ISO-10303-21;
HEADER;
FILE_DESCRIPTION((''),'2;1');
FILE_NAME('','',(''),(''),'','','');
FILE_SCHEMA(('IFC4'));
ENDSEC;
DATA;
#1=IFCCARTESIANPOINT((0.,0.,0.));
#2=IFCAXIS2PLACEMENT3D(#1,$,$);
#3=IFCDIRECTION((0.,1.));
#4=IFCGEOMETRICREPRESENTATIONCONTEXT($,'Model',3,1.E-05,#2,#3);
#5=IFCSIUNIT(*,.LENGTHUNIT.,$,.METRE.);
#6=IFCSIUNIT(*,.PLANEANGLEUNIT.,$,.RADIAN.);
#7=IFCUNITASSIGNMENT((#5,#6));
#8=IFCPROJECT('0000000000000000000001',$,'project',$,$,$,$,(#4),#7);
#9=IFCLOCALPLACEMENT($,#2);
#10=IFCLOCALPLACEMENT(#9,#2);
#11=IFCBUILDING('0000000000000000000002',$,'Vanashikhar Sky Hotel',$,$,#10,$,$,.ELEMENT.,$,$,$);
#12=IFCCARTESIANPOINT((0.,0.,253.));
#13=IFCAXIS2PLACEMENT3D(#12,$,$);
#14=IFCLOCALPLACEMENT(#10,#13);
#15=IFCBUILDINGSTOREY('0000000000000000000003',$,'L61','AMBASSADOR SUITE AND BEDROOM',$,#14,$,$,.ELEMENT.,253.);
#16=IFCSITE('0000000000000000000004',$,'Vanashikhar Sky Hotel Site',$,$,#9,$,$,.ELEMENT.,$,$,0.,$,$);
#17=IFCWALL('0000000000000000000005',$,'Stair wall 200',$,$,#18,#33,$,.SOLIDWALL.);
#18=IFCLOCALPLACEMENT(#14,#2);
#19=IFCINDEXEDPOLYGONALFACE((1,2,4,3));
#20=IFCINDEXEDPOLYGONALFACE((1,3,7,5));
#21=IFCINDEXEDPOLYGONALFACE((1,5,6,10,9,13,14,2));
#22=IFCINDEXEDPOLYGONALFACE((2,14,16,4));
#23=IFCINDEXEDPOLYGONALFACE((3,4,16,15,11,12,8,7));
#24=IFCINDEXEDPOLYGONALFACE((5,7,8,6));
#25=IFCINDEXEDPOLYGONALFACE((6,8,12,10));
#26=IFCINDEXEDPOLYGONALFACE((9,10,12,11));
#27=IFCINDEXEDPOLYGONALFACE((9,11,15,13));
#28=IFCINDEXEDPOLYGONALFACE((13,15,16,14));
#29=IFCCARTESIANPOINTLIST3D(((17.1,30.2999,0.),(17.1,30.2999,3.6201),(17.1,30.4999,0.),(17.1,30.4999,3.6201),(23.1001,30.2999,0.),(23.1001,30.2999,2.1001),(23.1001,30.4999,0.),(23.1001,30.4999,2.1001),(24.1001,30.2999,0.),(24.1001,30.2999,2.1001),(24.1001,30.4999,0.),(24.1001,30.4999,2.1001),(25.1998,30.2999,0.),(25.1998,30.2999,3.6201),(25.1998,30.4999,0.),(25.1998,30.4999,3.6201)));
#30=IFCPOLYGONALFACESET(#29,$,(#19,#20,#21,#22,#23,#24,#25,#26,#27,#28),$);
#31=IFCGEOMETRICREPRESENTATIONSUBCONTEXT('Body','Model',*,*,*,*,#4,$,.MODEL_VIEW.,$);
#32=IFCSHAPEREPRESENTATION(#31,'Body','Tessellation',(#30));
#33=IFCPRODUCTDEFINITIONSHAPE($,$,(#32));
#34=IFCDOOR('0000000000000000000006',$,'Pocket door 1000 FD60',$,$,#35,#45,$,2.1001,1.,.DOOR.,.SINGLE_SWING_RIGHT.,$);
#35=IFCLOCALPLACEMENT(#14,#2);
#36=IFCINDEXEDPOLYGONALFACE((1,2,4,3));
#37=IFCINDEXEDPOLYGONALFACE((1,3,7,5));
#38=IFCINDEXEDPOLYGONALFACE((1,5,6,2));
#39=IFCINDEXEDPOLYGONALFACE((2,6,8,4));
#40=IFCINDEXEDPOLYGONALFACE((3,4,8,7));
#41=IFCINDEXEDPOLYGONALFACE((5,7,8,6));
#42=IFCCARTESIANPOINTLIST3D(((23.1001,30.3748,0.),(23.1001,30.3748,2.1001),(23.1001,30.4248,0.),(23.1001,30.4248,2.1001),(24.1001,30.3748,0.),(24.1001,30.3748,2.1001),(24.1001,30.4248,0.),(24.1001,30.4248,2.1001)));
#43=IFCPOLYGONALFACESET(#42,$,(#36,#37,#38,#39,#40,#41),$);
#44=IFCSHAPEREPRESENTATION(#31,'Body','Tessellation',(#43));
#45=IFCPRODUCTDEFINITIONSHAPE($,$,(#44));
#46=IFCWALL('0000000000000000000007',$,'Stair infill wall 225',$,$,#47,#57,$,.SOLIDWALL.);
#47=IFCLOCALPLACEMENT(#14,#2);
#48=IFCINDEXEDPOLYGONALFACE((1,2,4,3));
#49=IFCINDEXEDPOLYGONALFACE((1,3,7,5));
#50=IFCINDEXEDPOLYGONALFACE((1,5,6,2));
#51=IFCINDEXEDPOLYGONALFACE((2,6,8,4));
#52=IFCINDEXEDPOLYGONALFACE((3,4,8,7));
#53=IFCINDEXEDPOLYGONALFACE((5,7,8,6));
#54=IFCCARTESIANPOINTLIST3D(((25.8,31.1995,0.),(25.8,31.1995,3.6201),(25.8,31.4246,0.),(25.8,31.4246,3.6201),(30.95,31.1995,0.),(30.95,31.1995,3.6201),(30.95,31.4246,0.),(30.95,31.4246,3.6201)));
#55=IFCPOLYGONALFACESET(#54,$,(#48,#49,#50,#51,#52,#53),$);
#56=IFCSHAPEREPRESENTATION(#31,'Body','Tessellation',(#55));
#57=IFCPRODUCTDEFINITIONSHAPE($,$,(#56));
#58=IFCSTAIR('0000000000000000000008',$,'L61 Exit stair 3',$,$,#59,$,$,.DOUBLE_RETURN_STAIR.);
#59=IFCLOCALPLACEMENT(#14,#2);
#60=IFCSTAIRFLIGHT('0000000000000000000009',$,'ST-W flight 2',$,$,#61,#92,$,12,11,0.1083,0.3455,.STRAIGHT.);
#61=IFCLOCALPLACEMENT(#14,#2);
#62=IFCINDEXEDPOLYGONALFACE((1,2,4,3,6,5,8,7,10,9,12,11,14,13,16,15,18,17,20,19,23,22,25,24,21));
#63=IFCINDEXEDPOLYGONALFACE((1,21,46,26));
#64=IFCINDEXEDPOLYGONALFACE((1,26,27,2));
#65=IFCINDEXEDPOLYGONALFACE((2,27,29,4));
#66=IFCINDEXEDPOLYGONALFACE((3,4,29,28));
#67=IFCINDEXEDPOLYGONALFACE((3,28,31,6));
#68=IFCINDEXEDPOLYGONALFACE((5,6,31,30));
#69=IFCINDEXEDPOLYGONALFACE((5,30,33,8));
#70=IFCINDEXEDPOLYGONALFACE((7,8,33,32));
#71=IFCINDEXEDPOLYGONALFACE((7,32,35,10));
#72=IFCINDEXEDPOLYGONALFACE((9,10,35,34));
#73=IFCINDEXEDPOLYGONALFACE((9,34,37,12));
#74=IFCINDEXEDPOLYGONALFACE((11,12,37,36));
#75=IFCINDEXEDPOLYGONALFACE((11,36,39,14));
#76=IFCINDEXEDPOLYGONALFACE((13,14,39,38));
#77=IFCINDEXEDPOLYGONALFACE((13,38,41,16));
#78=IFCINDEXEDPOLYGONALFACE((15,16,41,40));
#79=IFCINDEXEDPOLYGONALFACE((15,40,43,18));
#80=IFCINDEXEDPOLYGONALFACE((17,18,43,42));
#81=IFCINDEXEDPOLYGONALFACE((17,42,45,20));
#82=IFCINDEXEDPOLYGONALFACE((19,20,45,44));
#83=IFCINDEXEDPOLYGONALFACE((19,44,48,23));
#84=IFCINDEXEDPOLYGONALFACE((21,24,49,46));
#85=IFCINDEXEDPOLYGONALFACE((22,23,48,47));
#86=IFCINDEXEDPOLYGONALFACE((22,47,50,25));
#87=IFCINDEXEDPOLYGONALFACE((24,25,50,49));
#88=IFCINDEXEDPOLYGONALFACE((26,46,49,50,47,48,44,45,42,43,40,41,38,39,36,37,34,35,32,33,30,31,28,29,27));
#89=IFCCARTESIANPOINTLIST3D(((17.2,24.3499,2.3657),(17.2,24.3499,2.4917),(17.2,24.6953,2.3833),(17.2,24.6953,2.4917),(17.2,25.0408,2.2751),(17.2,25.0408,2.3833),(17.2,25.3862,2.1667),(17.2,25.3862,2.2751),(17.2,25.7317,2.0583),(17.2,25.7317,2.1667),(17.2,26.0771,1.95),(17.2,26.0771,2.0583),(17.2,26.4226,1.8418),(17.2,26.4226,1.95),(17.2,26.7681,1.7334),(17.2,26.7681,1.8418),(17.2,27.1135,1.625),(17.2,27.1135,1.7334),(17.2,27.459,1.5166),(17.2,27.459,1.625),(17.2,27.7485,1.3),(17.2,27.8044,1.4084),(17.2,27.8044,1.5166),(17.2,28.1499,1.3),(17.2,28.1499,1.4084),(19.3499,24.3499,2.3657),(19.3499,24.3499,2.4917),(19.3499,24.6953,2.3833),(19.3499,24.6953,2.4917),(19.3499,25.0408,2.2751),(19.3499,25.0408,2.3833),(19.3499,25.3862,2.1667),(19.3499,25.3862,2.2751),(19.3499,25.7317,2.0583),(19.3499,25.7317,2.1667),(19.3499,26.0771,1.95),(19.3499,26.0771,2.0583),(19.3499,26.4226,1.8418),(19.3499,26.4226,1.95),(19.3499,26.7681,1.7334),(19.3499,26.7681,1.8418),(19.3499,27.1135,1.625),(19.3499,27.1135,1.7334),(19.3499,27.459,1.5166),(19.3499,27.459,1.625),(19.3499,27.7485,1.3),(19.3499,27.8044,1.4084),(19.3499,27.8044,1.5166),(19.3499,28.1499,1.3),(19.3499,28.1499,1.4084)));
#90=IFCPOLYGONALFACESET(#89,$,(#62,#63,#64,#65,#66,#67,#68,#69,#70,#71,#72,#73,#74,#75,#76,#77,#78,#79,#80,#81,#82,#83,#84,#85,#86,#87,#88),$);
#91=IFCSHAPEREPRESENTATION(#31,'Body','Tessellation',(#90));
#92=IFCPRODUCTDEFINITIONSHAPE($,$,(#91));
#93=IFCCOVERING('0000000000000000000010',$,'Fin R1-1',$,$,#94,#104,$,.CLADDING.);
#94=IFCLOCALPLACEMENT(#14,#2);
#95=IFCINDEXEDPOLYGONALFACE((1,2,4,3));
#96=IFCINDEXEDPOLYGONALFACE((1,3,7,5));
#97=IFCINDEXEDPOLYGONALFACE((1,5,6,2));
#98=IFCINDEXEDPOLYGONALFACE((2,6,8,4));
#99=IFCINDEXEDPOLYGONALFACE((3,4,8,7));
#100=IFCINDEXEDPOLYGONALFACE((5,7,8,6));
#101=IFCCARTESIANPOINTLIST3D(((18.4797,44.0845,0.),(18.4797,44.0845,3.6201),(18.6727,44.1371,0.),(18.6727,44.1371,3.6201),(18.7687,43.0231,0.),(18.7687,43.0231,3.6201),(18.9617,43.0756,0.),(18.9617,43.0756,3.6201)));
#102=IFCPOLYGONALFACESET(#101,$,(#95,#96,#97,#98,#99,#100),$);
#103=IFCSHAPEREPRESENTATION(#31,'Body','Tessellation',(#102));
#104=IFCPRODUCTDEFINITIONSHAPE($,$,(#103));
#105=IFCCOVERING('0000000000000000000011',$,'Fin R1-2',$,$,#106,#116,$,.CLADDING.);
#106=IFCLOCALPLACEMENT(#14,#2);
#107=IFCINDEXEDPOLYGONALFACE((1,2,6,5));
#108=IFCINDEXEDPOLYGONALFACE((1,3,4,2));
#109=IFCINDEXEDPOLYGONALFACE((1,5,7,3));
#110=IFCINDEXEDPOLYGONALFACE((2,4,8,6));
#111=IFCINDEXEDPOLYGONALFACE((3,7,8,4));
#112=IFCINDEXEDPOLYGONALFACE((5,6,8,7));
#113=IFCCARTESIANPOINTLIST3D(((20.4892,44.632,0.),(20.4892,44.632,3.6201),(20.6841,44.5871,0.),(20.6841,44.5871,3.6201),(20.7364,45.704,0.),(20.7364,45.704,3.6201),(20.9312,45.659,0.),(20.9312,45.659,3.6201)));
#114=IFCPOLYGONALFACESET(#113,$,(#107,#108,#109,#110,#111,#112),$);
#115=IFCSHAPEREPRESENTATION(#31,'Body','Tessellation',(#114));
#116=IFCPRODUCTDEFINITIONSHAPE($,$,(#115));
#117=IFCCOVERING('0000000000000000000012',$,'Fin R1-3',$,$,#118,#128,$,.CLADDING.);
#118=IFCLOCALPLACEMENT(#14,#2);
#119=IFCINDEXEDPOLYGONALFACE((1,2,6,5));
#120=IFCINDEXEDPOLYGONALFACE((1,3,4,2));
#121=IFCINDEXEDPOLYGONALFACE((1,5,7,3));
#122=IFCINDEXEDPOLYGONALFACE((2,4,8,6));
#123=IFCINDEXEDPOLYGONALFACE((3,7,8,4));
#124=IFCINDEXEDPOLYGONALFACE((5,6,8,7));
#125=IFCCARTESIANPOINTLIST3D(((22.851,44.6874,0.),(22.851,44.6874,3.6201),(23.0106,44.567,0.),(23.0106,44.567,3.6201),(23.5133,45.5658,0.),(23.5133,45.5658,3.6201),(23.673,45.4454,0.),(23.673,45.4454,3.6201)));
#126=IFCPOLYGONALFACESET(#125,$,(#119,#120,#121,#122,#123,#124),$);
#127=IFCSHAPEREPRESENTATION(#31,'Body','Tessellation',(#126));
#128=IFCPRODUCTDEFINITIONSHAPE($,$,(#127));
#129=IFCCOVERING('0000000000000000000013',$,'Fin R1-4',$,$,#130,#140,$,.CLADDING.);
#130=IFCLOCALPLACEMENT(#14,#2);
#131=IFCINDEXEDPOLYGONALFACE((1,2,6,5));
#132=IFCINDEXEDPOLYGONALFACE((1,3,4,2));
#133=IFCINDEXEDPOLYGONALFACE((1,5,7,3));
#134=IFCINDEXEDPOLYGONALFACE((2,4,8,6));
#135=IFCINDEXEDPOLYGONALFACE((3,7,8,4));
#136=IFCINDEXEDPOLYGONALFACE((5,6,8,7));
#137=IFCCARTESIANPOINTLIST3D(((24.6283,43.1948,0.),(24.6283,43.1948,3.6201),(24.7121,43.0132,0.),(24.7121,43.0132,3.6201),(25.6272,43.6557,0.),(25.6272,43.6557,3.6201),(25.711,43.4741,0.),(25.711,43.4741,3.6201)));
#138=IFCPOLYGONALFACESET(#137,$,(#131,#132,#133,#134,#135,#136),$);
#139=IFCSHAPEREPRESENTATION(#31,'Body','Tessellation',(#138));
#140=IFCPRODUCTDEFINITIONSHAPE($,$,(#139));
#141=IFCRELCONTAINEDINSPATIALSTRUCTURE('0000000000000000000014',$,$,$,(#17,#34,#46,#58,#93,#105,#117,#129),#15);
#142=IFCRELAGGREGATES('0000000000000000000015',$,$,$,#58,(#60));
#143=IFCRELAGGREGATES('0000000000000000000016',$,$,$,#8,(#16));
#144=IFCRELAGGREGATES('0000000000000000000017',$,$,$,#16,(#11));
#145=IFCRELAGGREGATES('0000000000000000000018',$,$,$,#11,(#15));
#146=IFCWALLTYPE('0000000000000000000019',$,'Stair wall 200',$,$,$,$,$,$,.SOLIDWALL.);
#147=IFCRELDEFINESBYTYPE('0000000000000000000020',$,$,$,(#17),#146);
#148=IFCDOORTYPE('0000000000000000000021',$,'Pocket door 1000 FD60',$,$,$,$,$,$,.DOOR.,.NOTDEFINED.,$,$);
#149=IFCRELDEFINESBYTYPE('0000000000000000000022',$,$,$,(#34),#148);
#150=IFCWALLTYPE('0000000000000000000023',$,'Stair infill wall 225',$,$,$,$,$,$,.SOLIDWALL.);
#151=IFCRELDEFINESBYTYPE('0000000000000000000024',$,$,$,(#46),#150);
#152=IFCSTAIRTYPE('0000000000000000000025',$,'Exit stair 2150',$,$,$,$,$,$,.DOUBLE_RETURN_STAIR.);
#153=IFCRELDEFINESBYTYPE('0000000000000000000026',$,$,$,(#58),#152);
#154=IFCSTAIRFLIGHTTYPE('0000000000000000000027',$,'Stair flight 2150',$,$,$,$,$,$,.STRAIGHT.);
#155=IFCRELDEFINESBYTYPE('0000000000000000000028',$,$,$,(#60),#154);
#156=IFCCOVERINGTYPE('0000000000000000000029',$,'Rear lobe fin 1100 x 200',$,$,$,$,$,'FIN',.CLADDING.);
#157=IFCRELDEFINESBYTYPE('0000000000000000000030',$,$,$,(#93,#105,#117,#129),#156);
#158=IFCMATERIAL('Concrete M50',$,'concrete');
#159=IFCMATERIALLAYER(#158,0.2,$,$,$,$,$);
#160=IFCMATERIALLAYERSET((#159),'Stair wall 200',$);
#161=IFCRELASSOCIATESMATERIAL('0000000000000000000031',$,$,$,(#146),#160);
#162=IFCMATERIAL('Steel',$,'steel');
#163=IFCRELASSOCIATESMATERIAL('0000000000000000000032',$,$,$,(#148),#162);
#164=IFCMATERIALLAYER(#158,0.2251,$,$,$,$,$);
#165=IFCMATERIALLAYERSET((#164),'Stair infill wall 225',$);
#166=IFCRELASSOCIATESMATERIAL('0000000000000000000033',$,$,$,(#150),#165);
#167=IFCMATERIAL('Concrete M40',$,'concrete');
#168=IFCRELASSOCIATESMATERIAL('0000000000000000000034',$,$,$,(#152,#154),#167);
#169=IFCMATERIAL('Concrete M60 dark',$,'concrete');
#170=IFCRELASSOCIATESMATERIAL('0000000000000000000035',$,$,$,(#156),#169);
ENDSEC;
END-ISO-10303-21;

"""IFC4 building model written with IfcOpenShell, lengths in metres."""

from ifc_helpers import new_model, si_unit, direction, frame, frame_2d, origin, origin_2d, place, context, subcontext, project, spatial, polyline, rectangle, outline, extrude, source, transform, mapped, material, layer, layer_set, material_profile, profile_set, type_object, element, fill, aggregate, save


model = new_model("IFC4")

# Units and contexts
model_context = context("Model", 3, precision=1e-05, world=origin(), true_north=direction((0.0, 1.0)))
body_context = subcontext(model_context, "Body", "Model", "MODEL_VIEW")
ifc_project = project(units=[si_unit("LENGTHUNIT", "METRE"), si_unit("PLANEANGLEUNIT", "RADIAN")], contexts=[model_context])

# Site, building, storey
site_placement = place(None, origin())
site = spatial("IfcSite", under=ifc_project, at=site_placement, Name="Vanashikhar Sky Hotel Site", CompositionType="ELEMENT", RefElevation=0.0)
building_placement = place(site_placement, origin())
building = spatial("IfcBuilding", under=site, at=building_placement, Name="Vanashikhar Sky Hotel", CompositionType="ELEMENT")
storey_placement = place(building_placement, frame((0.0, 0.0, 253.0)))
storey = spatial("IfcBuildingStorey", under=building, at=storey_placement, Name="L61", Description="AMBASSADOR SUITE AND BEDROOM", CompositionType="ELEMENT", Elevation=253.0)

# Shared definitions
ifc_material_1 = material(Name="Concrete M50", Category="concrete")

# Wall, opening, door
ifc_layer_1 = layer(ifc_material_1, 0.2)
ifc_layer_set_1 = layer_set([ifc_layer_1], Name="Stair wall 200")
wall_type_1 = type_object("IfcWallType", Name="Stair wall 200", PredefinedType="SOLIDWALL", material=ifc_layer_set_1)
shared_shape_1 = source(origin(), body_context, "Body", "SweptSolid", [
    extrude(rectangle(XDim=8.0999, YDim=0.2, at=frame_2d((4.0498, 0.0))), origin(), (0.0, 0.0, 1.0), 3.6201),
])
wall_1_placement = place(storey_placement, frame((17.1001, 30.3999, 0.0), z_axis=(0.0, 0.0, 1.0), x_axis=(1.0, 0.0, 0.0)))
wall_1 = element("IfcWall", 1, at=wall_1_placement, inside=storey, type_object=wall_type_1, Name="Stair wall 200", PredefinedType="SOLIDWALL", context=body_context, shape_type="MappedRepresentation", body=[
    mapped(shared_shape_1, transform((0.0, 0.0, 0.0), scale=1.0)),
])
shared_shape_2 = source(origin(), body_context, "Body", "SweptSolid", [
    extrude(rectangle(XDim=1.0, YDim=2.1001, at=frame_2d((0.5, 1.05))), frame((0.0, 0.1099, 0.0), z_axis=(0.0, -1.0, 0.0), x_axis=(1.0, 0.0, 0.0)), (0.0, 0.0, 1.0), 0.22),
])
opening_1_placement = place(wall_1_placement, frame((6.0, 0.0, 0.0)))
opening_1 = element("IfcOpeningElement", 2, at=opening_1_placement, cuts=wall_1, PredefinedType="OPENING", context=body_context, shape_type="MappedRepresentation", body=[
    mapped(shared_shape_2, transform((0.0, 0.0, 0.0), scale=1.0)),
])
ifc_material_2 = material(Name="Steel", Category="steel")
door_type_1 = type_object("IfcDoorType", Name="Pocket door 1000 FD60", OperationType="NOTDEFINED", PredefinedType="DOOR", material=ifc_material_2)
shared_shape_3 = source(origin(), body_context, "Body", "SweptSolid", [
    extrude(rectangle(XDim=1.0, YDim=2.1001, at=frame_2d((0.5, 1.05))), frame((0.0, 0.0249, 0.0), z_axis=(0.0, -1.0, 0.0), x_axis=(1.0, 0.0, 0.0)), (0.0, 0.0, 1.0), 0.05),
])
door_1_placement = place(opening_1_placement, origin())
door_1 = element("IfcDoor", 3, at=door_1_placement, inside=storey, type_object=door_type_1, Name="Pocket door 1000 FD60", OperationType="SINGLE_SWING_RIGHT", OverallHeight=2.1001, OverallWidth=1.0, PredefinedType="DOOR", context=body_context, shape_type="MappedRepresentation", body=[
    mapped(shared_shape_3, transform((0.0, 0.0, 0.0), scale=1.0)),
])
fill(opening_1, door_1)

# Wall
ifc_layer_2 = layer(ifc_material_1, 0.2251)
ifc_layer_set_2 = layer_set([ifc_layer_2], Name="Stair infill wall 225")
wall_type_2 = type_object("IfcWallType", Name="Stair infill wall 225", PredefinedType="SOLIDWALL", material=ifc_layer_set_2)
shared_shape_4 = source(origin(), body_context, "Body", "SweptSolid", [
    extrude(rectangle(XDim=5.1499, YDim=0.2251, at=frame_2d((2.575, 0.0))), origin(), (0.0, 0.0, 1.0), 3.6201),
])
wall_2_placement = place(storey_placement, frame((25.8, 31.312, 0.0), z_axis=(0.0, 0.0, 1.0), x_axis=(1.0, 0.0, 0.0)))
element("IfcWall", 4, at=wall_2_placement, inside=storey, type_object=wall_type_2, Name="Stair infill wall 225", PredefinedType="SOLIDWALL", context=body_context, shape_type="MappedRepresentation", body=[
    mapped(shared_shape_4, transform((0.0, 0.0, 0.0), scale=1.0)),
])

# Stair, stair flight
ifc_material_3 = material(Name="Concrete M40", Category="concrete")
stair_type = type_object("IfcStairType", Name="Exit stair 2150", PredefinedType="DOUBLE_RETURN_STAIR", material=ifc_material_3)
stair_placement = place(storey_placement, origin())
stair = element("IfcStair", 5, at=stair_placement, inside=storey, type_object=stair_type, Name="L61 Exit stair 3", PredefinedType="DOUBLE_RETURN_STAIR")
stair_flight_type = type_object("IfcStairFlightType", Name="Stair flight 2150", PredefinedType="STRAIGHT", material=ifc_material_3)
shared_shape_5 = source(origin(), body_context, "Body", "SweptSolid", [
    extrude(outline(polyline([(0.0, 0.0), (0.0, 0.1084), (0.3455, 0.1084), (0.3455, 0.2166), (0.6909, 0.2166), (0.6909, 0.325), (1.0364, 0.325), (1.0364, 0.4333), (1.3818, 0.4333), (1.3818, 0.5417), (1.7273, 0.5417), (1.7273, 0.6499), (2.0728, 0.6499), (2.0728, 0.7583), (2.4182, 0.7583), (2.4182, 0.8667), (2.7637, 0.8667), (2.7637, 0.9751), (3.1091, 0.9751), (3.1091, 1.0833), (3.4546, 1.0833), (3.4546, 1.1917), (3.8, 1.1917), (3.8, 1.3), (3.8, 1.0657), (0.4014, 0.0), (0.0, 0.0)])), frame((0.0, 1.075, 0.0), z_axis=(0.0, -1.0, 0.0), x_axis=(1.0, 0.0, 0.0)), (0.0, 0.0, 1.0), 2.1499),
])
stair_flight_placement = place(storey_placement, frame((18.2749, 28.1499, 1.3), z_axis=(0.0, 0.0, 1.0), x_axis=(0.0, -1.0, 0.0)))
stair_flight = element("IfcStairFlight", 6, at=stair_flight_placement, type_object=stair_flight_type, Name="ST-W flight 2", NumberOfRisers=12, NumberOfTreads=11, PredefinedType="STRAIGHT", RiserHeight=0.1083, TreadLength=0.3455, context=body_context, shape_type="MappedRepresentation", body=[
    mapped(shared_shape_5, transform((0.0, 0.0, 0.0), scale=1.0)),
])
aggregate(stair, [stair_flight])

# Coverings
ifc_material_4 = material(Name="Concrete M60 dark", Category="concrete")
ifc_material_profile = material_profile(ifc_material_4, rectangle(XDim=1.1001, YDim=0.2, at=origin_2d()))
ifc_profile_set = profile_set([ifc_material_profile], Name="Rear lobe fin 1100 x 200")
covering_type = type_object("IfcCoveringType", Name="Rear lobe fin 1100 x 200", ElementType="FIN", PredefinedType="CLADDING", material=ifc_profile_set)
shared_shape_6 = source(origin(), body_context, "Body", "SweptSolid", [
    extrude(rectangle(XDim=1.1001, YDim=0.2, at=origin_2d()), origin(), (0.0, 0.0, 1.0), 3.6201),
])
for number, where, z_axis, x_axis, name in (
    (7, (18.7207, 43.5801, 0.0), (0.0, 0.0, 1.0), (-0.262711, 0.964874, 0.0), "Fin R1-1"),
    (8, (20.7102, 45.1455, 0.0), (0.0, 0.0, 1.0), (0.224645, 0.974441, 0.0), "Fin R1-2"),
    (9, (23.262, 45.0664, 0.0), (0.0, 0.0, 1.0), (0.602066, 0.798446, 0.0), "Fin R1-3"),
    (10, (25.1697, 43.3345, 0.0), (0.0, 0.0, 1.0), (0.908004, 0.418961, 0.0), "Fin R1-4"),
):
    element("IfcCovering", number, at=place(storey_placement, frame(where, z_axis=z_axis, x_axis=x_axis)), inside=storey, type_object=covering_type, Name=name, PredefinedType="CLADDING", context=body_context, shape_type="MappedRepresentation", body=[
        mapped(shared_shape_6, transform((0.0, 0.0, 0.0), scale=1.0)),
    ])

save(model, "model.ifc")
